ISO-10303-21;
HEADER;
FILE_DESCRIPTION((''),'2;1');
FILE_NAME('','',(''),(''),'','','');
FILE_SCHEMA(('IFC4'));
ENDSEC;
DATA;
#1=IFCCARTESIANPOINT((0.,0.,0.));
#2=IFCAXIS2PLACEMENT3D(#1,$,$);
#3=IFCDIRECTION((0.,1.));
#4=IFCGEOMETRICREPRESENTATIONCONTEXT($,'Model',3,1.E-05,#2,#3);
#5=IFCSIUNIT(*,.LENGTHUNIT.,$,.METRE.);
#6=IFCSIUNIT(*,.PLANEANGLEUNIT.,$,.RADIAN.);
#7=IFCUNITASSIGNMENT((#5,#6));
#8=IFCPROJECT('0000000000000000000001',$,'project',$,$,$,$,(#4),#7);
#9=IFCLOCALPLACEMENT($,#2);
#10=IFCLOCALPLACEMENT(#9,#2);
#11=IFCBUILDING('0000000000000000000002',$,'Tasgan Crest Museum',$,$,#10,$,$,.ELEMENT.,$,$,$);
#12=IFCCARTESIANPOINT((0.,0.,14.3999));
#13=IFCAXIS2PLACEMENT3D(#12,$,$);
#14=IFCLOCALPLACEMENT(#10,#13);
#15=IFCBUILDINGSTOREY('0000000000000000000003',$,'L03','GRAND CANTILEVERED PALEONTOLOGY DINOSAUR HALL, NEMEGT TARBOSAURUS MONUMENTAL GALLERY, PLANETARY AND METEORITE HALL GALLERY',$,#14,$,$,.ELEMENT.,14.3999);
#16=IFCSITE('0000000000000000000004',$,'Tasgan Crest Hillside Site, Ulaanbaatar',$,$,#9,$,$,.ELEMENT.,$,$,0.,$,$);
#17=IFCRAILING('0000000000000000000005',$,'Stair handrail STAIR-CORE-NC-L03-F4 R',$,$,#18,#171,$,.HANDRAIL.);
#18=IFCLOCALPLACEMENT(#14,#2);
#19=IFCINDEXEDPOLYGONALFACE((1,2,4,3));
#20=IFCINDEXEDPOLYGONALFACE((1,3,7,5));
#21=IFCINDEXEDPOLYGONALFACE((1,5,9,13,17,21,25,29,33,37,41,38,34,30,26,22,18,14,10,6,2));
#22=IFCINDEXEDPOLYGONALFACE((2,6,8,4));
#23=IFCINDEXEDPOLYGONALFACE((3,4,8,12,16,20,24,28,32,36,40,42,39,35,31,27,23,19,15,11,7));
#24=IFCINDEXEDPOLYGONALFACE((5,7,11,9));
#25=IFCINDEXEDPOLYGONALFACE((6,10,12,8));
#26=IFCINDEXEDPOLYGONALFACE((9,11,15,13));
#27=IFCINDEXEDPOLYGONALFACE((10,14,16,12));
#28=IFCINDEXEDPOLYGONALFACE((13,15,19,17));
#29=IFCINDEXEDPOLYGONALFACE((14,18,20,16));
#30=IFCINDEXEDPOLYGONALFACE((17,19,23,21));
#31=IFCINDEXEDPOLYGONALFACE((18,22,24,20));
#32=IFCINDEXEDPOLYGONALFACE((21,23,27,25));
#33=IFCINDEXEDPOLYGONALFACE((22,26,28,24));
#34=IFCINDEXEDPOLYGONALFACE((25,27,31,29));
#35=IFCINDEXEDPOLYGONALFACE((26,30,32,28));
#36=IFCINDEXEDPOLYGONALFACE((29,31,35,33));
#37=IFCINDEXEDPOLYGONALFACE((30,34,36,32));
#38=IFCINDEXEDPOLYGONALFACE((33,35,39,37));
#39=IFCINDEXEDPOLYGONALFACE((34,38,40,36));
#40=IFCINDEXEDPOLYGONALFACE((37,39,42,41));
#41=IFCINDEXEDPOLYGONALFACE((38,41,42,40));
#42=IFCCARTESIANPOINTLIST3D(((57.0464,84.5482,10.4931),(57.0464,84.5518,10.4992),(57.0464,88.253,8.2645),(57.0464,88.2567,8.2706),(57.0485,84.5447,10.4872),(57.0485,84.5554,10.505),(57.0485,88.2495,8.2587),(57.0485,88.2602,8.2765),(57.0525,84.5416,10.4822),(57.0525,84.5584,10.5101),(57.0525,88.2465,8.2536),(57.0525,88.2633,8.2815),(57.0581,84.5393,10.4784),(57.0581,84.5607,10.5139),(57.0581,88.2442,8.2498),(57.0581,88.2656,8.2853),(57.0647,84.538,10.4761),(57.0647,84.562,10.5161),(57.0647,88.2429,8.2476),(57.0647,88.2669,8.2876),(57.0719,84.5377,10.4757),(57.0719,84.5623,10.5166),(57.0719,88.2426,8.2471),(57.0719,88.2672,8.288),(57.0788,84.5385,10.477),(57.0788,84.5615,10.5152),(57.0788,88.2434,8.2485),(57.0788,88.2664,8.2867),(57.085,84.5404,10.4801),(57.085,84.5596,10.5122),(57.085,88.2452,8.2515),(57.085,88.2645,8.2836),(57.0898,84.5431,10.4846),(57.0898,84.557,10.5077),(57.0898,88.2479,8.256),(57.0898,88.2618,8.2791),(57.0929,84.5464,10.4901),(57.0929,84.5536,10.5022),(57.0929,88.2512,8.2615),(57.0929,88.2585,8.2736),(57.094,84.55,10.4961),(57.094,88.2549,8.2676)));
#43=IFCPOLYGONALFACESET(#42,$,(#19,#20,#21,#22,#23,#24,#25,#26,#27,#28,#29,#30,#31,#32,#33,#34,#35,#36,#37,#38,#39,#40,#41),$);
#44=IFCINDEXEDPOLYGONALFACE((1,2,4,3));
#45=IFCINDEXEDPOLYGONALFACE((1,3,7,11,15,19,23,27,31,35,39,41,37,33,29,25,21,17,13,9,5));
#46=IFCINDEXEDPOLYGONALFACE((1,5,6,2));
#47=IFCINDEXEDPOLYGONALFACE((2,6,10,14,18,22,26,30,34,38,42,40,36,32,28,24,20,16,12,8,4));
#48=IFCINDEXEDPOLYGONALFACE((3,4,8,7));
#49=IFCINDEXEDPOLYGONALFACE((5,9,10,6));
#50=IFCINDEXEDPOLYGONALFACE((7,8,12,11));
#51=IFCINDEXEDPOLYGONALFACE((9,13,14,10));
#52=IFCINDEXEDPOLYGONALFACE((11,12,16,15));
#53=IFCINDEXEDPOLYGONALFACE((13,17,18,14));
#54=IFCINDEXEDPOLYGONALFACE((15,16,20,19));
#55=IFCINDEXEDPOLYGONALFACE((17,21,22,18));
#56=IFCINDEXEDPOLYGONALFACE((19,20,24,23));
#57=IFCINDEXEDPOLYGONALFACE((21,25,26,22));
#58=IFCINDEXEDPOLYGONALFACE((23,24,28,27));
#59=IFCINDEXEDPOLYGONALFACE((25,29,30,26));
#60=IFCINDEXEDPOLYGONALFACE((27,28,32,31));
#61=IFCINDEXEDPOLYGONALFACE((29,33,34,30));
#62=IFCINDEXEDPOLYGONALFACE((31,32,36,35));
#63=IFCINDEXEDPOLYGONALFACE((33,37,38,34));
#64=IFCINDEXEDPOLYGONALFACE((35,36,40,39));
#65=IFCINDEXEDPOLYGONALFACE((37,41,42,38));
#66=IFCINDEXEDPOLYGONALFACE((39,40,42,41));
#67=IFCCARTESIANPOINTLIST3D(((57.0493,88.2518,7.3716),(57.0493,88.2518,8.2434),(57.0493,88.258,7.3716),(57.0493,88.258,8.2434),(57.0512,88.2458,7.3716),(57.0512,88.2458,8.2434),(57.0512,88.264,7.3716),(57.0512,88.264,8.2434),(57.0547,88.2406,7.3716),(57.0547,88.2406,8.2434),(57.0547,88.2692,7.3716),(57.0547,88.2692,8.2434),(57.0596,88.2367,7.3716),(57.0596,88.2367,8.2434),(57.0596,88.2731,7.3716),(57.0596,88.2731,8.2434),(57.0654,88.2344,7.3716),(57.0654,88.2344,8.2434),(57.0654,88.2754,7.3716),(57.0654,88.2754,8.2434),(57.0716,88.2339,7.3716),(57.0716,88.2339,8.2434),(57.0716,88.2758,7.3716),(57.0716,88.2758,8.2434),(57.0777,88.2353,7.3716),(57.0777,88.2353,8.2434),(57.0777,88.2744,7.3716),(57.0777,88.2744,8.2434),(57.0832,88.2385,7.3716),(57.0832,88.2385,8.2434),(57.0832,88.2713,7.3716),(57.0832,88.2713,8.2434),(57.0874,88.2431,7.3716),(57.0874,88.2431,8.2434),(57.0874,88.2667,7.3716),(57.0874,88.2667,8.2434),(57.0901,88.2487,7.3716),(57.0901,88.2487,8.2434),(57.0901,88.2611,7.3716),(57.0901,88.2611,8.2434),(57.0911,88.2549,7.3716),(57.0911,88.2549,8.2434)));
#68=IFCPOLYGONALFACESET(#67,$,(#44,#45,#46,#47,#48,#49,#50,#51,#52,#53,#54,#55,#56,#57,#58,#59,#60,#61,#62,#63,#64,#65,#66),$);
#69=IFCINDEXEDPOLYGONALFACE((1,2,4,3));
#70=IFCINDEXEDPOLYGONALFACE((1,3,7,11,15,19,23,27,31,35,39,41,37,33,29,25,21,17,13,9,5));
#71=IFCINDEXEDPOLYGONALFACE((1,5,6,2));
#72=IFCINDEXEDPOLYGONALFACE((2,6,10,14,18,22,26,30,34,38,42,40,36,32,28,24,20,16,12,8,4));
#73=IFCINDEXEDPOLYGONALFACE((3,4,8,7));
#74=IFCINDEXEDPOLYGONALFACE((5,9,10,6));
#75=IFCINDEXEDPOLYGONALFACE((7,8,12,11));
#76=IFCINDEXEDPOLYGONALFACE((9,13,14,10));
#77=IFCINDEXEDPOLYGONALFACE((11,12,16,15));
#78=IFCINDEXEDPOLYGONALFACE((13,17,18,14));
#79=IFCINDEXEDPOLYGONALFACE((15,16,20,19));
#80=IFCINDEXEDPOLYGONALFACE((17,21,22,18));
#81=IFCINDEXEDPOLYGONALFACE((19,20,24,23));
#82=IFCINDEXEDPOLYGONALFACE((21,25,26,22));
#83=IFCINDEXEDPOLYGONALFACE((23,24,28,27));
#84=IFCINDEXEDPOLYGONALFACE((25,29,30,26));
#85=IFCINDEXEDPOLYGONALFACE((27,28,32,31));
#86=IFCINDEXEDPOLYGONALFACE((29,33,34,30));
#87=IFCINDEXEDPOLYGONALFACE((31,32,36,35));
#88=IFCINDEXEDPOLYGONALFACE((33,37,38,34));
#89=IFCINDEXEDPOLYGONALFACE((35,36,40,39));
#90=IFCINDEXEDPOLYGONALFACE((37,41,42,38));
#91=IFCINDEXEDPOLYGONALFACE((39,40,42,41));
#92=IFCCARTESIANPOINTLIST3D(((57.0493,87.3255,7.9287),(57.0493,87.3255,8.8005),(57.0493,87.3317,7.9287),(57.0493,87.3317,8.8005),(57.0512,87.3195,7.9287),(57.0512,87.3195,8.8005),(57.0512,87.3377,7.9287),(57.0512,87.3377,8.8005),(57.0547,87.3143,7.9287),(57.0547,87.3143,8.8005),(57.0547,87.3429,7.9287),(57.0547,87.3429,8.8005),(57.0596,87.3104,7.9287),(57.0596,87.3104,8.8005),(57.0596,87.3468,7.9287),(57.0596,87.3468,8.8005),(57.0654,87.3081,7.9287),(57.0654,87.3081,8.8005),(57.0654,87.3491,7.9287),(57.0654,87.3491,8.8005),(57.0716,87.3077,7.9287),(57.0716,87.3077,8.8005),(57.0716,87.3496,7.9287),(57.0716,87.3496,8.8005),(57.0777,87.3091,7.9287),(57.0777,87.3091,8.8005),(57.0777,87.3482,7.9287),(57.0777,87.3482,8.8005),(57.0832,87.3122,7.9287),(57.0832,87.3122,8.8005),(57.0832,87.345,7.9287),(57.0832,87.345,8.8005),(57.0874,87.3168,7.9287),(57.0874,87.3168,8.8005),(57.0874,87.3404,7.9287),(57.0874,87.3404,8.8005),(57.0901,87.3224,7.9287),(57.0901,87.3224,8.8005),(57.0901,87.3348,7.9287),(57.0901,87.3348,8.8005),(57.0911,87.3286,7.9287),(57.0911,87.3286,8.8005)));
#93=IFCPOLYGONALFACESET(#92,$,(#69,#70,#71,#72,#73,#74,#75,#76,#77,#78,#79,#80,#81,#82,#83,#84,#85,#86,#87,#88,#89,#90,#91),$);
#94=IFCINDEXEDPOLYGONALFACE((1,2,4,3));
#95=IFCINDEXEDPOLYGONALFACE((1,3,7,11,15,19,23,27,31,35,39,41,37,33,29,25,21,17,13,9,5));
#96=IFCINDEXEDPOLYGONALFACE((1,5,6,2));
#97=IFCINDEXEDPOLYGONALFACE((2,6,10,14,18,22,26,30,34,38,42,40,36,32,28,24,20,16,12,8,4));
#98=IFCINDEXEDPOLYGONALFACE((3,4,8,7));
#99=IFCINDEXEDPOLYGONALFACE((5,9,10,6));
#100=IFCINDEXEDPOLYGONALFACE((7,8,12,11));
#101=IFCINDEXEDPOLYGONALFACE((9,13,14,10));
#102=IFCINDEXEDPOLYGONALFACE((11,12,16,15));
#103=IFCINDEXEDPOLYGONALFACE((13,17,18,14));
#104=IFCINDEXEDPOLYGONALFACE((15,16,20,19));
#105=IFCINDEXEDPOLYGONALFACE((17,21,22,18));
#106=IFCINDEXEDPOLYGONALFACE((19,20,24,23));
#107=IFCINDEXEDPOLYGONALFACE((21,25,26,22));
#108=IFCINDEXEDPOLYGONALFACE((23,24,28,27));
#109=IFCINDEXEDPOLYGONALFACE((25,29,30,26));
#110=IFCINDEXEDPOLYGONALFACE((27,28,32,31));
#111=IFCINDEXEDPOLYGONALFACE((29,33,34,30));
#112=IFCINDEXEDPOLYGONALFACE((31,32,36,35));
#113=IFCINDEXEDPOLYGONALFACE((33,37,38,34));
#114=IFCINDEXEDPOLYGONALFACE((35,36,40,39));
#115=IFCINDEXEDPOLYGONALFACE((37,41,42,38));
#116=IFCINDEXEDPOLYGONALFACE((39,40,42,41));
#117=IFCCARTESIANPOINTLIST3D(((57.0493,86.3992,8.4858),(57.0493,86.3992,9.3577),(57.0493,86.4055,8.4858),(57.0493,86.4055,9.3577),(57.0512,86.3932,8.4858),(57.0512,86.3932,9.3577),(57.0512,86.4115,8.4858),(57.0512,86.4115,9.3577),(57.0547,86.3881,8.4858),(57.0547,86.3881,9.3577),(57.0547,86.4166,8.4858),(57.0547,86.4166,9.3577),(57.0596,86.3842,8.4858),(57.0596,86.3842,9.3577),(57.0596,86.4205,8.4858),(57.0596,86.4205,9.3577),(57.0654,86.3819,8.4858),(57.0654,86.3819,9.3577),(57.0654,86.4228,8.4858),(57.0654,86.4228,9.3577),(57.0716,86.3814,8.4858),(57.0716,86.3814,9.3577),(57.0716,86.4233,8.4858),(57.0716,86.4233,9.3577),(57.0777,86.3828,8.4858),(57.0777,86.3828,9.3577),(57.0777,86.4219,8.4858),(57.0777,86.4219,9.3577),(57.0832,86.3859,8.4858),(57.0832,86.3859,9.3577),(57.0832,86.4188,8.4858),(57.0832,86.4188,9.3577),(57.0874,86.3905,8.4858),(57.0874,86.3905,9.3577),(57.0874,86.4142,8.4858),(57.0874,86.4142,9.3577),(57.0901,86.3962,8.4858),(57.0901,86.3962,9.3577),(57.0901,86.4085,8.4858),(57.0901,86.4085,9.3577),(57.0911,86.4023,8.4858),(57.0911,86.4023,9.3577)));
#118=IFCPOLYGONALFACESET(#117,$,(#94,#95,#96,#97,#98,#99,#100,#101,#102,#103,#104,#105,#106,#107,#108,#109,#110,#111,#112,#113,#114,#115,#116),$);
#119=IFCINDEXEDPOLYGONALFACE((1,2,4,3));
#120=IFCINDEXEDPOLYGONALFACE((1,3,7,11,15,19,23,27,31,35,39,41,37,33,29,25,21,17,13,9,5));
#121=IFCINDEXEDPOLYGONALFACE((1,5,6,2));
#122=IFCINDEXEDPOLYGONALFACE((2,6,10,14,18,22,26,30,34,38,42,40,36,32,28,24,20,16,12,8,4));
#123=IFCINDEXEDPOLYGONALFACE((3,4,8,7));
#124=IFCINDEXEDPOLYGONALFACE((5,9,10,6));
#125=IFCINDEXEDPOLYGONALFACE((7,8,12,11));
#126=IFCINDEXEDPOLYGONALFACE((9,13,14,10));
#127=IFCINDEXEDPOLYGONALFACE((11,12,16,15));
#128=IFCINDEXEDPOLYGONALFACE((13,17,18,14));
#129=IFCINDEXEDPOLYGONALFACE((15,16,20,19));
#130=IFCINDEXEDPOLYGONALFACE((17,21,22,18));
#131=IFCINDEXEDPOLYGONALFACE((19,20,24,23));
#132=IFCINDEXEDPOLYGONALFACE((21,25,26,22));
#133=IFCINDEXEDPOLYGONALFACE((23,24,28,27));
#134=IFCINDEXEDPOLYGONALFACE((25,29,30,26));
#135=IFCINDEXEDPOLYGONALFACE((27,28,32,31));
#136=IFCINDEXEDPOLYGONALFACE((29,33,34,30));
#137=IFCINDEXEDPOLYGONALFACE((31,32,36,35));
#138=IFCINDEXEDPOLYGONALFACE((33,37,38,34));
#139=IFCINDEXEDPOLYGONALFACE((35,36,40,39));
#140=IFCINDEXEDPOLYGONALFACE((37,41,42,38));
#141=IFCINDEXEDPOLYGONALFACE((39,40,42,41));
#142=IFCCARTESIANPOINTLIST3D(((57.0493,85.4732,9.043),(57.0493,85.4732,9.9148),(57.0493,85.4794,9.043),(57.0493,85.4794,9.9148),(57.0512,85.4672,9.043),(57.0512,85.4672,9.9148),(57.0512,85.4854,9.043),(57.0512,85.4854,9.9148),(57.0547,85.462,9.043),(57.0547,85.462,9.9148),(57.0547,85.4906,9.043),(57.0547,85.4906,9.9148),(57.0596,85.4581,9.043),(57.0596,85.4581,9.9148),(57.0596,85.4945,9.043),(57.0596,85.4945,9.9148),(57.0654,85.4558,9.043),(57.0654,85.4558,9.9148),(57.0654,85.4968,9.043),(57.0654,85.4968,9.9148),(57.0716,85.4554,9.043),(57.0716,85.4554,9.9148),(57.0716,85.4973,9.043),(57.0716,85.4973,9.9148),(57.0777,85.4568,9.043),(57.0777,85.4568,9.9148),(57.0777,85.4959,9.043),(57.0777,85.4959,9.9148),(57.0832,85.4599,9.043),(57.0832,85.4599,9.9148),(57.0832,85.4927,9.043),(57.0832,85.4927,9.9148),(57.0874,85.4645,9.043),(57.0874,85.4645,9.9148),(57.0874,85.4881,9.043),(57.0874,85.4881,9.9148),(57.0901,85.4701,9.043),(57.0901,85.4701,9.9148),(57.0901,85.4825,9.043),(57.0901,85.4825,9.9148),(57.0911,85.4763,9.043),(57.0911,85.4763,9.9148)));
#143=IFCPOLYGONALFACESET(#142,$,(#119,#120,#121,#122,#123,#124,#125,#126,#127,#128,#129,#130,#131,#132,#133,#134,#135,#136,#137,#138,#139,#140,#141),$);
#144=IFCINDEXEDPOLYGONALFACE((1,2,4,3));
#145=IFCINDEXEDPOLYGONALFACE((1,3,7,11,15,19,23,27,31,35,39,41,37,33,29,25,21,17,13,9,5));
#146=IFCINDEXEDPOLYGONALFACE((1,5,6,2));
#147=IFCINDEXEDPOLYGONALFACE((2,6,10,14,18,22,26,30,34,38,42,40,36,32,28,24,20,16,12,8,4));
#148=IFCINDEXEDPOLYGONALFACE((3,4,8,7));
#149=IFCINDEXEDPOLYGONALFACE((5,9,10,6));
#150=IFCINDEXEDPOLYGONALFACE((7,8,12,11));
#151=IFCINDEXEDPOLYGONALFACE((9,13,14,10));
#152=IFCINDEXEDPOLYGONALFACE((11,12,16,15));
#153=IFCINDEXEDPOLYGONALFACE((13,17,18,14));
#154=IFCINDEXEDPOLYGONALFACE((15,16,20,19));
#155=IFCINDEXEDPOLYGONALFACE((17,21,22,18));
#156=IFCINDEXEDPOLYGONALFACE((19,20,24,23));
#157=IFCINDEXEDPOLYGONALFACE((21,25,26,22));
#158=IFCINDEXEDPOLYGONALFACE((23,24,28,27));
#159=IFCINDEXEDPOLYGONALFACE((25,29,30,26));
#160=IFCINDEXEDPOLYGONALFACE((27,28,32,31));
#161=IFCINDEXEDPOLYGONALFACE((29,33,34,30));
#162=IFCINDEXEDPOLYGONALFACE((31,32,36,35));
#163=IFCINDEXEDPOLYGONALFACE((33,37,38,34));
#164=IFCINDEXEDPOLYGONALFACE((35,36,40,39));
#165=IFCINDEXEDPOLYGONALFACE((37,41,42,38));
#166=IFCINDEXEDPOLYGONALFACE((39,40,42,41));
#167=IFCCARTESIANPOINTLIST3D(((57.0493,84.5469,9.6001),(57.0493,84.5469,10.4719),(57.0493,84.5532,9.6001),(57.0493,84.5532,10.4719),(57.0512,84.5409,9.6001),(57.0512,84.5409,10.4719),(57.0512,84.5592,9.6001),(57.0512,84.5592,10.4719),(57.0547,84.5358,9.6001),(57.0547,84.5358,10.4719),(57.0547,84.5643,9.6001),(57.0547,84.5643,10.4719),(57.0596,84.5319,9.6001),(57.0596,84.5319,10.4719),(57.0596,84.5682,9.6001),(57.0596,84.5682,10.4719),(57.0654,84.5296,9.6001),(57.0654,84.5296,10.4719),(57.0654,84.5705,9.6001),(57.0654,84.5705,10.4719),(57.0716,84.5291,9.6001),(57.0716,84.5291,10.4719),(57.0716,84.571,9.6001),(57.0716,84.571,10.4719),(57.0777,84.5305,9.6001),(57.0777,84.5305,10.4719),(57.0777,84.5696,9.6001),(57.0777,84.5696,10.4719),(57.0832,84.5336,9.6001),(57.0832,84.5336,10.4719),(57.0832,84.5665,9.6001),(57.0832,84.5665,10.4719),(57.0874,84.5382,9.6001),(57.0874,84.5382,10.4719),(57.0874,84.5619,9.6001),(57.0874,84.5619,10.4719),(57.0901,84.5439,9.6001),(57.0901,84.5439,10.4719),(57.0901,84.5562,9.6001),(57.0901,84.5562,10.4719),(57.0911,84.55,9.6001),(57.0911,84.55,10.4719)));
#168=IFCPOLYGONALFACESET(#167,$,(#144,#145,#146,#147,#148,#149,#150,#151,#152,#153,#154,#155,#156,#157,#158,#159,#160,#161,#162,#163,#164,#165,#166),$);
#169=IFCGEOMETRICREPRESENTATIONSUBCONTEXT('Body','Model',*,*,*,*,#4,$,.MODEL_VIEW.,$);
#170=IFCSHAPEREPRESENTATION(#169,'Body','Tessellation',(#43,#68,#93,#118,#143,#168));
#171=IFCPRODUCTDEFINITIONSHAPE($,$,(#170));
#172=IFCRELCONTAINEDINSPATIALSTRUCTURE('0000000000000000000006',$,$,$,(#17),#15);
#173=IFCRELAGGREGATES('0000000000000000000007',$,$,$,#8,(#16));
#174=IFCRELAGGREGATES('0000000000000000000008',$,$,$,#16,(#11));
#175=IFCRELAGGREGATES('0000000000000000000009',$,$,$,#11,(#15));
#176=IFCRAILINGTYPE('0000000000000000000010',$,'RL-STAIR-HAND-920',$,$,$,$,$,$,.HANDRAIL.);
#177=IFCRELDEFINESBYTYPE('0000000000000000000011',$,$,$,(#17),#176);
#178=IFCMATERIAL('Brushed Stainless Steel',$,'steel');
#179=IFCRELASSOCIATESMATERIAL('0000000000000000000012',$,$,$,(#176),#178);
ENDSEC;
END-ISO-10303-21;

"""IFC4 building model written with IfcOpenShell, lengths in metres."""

from ifc_helpers import new_model, si_unit, direction, frame, origin, origin_2d, place, context, subcontext, project, spatial, circle, extrude, material, type_object, element, save


model = new_model("IFC4")

# Units and contexts
model_context = context("Model", 3, precision=1e-05, world=origin(), true_north=direction((0.0, 1.0)))
body_context = subcontext(model_context, "Body", "Model", "MODEL_VIEW")
ifc_project = project(units=[si_unit("LENGTHUNIT", "METRE"), si_unit("PLANEANGLEUNIT", "RADIAN")], contexts=[model_context])

# Site, building, storey
site_placement = place(None, origin())
site = spatial("IfcSite", under=ifc_project, at=site_placement, Name="Tasgan Crest Hillside Site, Ulaanbaatar", CompositionType="ELEMENT", RefElevation=0.0)
building_placement = place(site_placement, origin())
building = spatial("IfcBuilding", under=site, at=building_placement, Name="Tasgan Crest Museum", CompositionType="ELEMENT")
storey_placement = place(building_placement, frame((0.0, 0.0, 14.3999)))
storey = spatial("IfcBuildingStorey", under=building, at=storey_placement, Name="L03", Description="GRAND CANTILEVERED PALEONTOLOGY DINOSAUR HALL, NEMEGT TARBOSAURUS MONUMENTAL GALLERY, PLANETARY AND METEORITE HALL GALLERY", CompositionType="ELEMENT", Elevation=14.3999)

# Railing
ifc_material_1 = material(Name="Brushed Stainless Steel", Category="steel")
railing_type_1 = type_object("IfcRailingType", Name="RL-STAIR-HAND-920", PredefinedType="HANDRAIL", material=ifc_material_1)
railing_1_placement = place(storey_placement, frame((57.0701, 88.2549, 7.3716)))
element("IfcRailing", 1, at=railing_1_placement, inside=storey, type_object=railing_type_1, Name="Stair handrail STAIR-CORE-NC-L03-F4 R", PredefinedType="HANDRAIL", context=body_context, shape_type="SweptSolid", body=[
    extrude(circle(Radius=0.0239, at=origin_2d()), frame((0.0, 0.0, 0.896), z_axis=(0.0, -0.856919, 0.51545), x_axis=(1.0, 0.0, 0.0)), (0.0, 0.0, 1.0), 4.3235),
    extrude(circle(Radius=0.021, at=origin_2d()), origin(), (0.0, 0.0, 1.0), 0.8718),
    extrude(circle(Radius=0.021, at=origin_2d()), frame((0.0, -0.9263, 0.5571)), (0.0, 0.0, 1.0), 0.8718),
    extrude(circle(Radius=0.021, at=origin_2d()), frame((0.0, -1.8525, 1.1143)), (0.0, 0.0, 1.0), 0.8718),
    extrude(circle(Radius=0.021, at=origin_2d()), frame((0.0, -2.7786, 1.6714)), (0.0, 0.0, 1.0), 0.8718),
    extrude(circle(Radius=0.021, at=origin_2d()), frame((0.0, -3.7048, 2.2285)), (0.0, 0.0, 1.0), 0.8718),
])

save(model, "model.ifc")
